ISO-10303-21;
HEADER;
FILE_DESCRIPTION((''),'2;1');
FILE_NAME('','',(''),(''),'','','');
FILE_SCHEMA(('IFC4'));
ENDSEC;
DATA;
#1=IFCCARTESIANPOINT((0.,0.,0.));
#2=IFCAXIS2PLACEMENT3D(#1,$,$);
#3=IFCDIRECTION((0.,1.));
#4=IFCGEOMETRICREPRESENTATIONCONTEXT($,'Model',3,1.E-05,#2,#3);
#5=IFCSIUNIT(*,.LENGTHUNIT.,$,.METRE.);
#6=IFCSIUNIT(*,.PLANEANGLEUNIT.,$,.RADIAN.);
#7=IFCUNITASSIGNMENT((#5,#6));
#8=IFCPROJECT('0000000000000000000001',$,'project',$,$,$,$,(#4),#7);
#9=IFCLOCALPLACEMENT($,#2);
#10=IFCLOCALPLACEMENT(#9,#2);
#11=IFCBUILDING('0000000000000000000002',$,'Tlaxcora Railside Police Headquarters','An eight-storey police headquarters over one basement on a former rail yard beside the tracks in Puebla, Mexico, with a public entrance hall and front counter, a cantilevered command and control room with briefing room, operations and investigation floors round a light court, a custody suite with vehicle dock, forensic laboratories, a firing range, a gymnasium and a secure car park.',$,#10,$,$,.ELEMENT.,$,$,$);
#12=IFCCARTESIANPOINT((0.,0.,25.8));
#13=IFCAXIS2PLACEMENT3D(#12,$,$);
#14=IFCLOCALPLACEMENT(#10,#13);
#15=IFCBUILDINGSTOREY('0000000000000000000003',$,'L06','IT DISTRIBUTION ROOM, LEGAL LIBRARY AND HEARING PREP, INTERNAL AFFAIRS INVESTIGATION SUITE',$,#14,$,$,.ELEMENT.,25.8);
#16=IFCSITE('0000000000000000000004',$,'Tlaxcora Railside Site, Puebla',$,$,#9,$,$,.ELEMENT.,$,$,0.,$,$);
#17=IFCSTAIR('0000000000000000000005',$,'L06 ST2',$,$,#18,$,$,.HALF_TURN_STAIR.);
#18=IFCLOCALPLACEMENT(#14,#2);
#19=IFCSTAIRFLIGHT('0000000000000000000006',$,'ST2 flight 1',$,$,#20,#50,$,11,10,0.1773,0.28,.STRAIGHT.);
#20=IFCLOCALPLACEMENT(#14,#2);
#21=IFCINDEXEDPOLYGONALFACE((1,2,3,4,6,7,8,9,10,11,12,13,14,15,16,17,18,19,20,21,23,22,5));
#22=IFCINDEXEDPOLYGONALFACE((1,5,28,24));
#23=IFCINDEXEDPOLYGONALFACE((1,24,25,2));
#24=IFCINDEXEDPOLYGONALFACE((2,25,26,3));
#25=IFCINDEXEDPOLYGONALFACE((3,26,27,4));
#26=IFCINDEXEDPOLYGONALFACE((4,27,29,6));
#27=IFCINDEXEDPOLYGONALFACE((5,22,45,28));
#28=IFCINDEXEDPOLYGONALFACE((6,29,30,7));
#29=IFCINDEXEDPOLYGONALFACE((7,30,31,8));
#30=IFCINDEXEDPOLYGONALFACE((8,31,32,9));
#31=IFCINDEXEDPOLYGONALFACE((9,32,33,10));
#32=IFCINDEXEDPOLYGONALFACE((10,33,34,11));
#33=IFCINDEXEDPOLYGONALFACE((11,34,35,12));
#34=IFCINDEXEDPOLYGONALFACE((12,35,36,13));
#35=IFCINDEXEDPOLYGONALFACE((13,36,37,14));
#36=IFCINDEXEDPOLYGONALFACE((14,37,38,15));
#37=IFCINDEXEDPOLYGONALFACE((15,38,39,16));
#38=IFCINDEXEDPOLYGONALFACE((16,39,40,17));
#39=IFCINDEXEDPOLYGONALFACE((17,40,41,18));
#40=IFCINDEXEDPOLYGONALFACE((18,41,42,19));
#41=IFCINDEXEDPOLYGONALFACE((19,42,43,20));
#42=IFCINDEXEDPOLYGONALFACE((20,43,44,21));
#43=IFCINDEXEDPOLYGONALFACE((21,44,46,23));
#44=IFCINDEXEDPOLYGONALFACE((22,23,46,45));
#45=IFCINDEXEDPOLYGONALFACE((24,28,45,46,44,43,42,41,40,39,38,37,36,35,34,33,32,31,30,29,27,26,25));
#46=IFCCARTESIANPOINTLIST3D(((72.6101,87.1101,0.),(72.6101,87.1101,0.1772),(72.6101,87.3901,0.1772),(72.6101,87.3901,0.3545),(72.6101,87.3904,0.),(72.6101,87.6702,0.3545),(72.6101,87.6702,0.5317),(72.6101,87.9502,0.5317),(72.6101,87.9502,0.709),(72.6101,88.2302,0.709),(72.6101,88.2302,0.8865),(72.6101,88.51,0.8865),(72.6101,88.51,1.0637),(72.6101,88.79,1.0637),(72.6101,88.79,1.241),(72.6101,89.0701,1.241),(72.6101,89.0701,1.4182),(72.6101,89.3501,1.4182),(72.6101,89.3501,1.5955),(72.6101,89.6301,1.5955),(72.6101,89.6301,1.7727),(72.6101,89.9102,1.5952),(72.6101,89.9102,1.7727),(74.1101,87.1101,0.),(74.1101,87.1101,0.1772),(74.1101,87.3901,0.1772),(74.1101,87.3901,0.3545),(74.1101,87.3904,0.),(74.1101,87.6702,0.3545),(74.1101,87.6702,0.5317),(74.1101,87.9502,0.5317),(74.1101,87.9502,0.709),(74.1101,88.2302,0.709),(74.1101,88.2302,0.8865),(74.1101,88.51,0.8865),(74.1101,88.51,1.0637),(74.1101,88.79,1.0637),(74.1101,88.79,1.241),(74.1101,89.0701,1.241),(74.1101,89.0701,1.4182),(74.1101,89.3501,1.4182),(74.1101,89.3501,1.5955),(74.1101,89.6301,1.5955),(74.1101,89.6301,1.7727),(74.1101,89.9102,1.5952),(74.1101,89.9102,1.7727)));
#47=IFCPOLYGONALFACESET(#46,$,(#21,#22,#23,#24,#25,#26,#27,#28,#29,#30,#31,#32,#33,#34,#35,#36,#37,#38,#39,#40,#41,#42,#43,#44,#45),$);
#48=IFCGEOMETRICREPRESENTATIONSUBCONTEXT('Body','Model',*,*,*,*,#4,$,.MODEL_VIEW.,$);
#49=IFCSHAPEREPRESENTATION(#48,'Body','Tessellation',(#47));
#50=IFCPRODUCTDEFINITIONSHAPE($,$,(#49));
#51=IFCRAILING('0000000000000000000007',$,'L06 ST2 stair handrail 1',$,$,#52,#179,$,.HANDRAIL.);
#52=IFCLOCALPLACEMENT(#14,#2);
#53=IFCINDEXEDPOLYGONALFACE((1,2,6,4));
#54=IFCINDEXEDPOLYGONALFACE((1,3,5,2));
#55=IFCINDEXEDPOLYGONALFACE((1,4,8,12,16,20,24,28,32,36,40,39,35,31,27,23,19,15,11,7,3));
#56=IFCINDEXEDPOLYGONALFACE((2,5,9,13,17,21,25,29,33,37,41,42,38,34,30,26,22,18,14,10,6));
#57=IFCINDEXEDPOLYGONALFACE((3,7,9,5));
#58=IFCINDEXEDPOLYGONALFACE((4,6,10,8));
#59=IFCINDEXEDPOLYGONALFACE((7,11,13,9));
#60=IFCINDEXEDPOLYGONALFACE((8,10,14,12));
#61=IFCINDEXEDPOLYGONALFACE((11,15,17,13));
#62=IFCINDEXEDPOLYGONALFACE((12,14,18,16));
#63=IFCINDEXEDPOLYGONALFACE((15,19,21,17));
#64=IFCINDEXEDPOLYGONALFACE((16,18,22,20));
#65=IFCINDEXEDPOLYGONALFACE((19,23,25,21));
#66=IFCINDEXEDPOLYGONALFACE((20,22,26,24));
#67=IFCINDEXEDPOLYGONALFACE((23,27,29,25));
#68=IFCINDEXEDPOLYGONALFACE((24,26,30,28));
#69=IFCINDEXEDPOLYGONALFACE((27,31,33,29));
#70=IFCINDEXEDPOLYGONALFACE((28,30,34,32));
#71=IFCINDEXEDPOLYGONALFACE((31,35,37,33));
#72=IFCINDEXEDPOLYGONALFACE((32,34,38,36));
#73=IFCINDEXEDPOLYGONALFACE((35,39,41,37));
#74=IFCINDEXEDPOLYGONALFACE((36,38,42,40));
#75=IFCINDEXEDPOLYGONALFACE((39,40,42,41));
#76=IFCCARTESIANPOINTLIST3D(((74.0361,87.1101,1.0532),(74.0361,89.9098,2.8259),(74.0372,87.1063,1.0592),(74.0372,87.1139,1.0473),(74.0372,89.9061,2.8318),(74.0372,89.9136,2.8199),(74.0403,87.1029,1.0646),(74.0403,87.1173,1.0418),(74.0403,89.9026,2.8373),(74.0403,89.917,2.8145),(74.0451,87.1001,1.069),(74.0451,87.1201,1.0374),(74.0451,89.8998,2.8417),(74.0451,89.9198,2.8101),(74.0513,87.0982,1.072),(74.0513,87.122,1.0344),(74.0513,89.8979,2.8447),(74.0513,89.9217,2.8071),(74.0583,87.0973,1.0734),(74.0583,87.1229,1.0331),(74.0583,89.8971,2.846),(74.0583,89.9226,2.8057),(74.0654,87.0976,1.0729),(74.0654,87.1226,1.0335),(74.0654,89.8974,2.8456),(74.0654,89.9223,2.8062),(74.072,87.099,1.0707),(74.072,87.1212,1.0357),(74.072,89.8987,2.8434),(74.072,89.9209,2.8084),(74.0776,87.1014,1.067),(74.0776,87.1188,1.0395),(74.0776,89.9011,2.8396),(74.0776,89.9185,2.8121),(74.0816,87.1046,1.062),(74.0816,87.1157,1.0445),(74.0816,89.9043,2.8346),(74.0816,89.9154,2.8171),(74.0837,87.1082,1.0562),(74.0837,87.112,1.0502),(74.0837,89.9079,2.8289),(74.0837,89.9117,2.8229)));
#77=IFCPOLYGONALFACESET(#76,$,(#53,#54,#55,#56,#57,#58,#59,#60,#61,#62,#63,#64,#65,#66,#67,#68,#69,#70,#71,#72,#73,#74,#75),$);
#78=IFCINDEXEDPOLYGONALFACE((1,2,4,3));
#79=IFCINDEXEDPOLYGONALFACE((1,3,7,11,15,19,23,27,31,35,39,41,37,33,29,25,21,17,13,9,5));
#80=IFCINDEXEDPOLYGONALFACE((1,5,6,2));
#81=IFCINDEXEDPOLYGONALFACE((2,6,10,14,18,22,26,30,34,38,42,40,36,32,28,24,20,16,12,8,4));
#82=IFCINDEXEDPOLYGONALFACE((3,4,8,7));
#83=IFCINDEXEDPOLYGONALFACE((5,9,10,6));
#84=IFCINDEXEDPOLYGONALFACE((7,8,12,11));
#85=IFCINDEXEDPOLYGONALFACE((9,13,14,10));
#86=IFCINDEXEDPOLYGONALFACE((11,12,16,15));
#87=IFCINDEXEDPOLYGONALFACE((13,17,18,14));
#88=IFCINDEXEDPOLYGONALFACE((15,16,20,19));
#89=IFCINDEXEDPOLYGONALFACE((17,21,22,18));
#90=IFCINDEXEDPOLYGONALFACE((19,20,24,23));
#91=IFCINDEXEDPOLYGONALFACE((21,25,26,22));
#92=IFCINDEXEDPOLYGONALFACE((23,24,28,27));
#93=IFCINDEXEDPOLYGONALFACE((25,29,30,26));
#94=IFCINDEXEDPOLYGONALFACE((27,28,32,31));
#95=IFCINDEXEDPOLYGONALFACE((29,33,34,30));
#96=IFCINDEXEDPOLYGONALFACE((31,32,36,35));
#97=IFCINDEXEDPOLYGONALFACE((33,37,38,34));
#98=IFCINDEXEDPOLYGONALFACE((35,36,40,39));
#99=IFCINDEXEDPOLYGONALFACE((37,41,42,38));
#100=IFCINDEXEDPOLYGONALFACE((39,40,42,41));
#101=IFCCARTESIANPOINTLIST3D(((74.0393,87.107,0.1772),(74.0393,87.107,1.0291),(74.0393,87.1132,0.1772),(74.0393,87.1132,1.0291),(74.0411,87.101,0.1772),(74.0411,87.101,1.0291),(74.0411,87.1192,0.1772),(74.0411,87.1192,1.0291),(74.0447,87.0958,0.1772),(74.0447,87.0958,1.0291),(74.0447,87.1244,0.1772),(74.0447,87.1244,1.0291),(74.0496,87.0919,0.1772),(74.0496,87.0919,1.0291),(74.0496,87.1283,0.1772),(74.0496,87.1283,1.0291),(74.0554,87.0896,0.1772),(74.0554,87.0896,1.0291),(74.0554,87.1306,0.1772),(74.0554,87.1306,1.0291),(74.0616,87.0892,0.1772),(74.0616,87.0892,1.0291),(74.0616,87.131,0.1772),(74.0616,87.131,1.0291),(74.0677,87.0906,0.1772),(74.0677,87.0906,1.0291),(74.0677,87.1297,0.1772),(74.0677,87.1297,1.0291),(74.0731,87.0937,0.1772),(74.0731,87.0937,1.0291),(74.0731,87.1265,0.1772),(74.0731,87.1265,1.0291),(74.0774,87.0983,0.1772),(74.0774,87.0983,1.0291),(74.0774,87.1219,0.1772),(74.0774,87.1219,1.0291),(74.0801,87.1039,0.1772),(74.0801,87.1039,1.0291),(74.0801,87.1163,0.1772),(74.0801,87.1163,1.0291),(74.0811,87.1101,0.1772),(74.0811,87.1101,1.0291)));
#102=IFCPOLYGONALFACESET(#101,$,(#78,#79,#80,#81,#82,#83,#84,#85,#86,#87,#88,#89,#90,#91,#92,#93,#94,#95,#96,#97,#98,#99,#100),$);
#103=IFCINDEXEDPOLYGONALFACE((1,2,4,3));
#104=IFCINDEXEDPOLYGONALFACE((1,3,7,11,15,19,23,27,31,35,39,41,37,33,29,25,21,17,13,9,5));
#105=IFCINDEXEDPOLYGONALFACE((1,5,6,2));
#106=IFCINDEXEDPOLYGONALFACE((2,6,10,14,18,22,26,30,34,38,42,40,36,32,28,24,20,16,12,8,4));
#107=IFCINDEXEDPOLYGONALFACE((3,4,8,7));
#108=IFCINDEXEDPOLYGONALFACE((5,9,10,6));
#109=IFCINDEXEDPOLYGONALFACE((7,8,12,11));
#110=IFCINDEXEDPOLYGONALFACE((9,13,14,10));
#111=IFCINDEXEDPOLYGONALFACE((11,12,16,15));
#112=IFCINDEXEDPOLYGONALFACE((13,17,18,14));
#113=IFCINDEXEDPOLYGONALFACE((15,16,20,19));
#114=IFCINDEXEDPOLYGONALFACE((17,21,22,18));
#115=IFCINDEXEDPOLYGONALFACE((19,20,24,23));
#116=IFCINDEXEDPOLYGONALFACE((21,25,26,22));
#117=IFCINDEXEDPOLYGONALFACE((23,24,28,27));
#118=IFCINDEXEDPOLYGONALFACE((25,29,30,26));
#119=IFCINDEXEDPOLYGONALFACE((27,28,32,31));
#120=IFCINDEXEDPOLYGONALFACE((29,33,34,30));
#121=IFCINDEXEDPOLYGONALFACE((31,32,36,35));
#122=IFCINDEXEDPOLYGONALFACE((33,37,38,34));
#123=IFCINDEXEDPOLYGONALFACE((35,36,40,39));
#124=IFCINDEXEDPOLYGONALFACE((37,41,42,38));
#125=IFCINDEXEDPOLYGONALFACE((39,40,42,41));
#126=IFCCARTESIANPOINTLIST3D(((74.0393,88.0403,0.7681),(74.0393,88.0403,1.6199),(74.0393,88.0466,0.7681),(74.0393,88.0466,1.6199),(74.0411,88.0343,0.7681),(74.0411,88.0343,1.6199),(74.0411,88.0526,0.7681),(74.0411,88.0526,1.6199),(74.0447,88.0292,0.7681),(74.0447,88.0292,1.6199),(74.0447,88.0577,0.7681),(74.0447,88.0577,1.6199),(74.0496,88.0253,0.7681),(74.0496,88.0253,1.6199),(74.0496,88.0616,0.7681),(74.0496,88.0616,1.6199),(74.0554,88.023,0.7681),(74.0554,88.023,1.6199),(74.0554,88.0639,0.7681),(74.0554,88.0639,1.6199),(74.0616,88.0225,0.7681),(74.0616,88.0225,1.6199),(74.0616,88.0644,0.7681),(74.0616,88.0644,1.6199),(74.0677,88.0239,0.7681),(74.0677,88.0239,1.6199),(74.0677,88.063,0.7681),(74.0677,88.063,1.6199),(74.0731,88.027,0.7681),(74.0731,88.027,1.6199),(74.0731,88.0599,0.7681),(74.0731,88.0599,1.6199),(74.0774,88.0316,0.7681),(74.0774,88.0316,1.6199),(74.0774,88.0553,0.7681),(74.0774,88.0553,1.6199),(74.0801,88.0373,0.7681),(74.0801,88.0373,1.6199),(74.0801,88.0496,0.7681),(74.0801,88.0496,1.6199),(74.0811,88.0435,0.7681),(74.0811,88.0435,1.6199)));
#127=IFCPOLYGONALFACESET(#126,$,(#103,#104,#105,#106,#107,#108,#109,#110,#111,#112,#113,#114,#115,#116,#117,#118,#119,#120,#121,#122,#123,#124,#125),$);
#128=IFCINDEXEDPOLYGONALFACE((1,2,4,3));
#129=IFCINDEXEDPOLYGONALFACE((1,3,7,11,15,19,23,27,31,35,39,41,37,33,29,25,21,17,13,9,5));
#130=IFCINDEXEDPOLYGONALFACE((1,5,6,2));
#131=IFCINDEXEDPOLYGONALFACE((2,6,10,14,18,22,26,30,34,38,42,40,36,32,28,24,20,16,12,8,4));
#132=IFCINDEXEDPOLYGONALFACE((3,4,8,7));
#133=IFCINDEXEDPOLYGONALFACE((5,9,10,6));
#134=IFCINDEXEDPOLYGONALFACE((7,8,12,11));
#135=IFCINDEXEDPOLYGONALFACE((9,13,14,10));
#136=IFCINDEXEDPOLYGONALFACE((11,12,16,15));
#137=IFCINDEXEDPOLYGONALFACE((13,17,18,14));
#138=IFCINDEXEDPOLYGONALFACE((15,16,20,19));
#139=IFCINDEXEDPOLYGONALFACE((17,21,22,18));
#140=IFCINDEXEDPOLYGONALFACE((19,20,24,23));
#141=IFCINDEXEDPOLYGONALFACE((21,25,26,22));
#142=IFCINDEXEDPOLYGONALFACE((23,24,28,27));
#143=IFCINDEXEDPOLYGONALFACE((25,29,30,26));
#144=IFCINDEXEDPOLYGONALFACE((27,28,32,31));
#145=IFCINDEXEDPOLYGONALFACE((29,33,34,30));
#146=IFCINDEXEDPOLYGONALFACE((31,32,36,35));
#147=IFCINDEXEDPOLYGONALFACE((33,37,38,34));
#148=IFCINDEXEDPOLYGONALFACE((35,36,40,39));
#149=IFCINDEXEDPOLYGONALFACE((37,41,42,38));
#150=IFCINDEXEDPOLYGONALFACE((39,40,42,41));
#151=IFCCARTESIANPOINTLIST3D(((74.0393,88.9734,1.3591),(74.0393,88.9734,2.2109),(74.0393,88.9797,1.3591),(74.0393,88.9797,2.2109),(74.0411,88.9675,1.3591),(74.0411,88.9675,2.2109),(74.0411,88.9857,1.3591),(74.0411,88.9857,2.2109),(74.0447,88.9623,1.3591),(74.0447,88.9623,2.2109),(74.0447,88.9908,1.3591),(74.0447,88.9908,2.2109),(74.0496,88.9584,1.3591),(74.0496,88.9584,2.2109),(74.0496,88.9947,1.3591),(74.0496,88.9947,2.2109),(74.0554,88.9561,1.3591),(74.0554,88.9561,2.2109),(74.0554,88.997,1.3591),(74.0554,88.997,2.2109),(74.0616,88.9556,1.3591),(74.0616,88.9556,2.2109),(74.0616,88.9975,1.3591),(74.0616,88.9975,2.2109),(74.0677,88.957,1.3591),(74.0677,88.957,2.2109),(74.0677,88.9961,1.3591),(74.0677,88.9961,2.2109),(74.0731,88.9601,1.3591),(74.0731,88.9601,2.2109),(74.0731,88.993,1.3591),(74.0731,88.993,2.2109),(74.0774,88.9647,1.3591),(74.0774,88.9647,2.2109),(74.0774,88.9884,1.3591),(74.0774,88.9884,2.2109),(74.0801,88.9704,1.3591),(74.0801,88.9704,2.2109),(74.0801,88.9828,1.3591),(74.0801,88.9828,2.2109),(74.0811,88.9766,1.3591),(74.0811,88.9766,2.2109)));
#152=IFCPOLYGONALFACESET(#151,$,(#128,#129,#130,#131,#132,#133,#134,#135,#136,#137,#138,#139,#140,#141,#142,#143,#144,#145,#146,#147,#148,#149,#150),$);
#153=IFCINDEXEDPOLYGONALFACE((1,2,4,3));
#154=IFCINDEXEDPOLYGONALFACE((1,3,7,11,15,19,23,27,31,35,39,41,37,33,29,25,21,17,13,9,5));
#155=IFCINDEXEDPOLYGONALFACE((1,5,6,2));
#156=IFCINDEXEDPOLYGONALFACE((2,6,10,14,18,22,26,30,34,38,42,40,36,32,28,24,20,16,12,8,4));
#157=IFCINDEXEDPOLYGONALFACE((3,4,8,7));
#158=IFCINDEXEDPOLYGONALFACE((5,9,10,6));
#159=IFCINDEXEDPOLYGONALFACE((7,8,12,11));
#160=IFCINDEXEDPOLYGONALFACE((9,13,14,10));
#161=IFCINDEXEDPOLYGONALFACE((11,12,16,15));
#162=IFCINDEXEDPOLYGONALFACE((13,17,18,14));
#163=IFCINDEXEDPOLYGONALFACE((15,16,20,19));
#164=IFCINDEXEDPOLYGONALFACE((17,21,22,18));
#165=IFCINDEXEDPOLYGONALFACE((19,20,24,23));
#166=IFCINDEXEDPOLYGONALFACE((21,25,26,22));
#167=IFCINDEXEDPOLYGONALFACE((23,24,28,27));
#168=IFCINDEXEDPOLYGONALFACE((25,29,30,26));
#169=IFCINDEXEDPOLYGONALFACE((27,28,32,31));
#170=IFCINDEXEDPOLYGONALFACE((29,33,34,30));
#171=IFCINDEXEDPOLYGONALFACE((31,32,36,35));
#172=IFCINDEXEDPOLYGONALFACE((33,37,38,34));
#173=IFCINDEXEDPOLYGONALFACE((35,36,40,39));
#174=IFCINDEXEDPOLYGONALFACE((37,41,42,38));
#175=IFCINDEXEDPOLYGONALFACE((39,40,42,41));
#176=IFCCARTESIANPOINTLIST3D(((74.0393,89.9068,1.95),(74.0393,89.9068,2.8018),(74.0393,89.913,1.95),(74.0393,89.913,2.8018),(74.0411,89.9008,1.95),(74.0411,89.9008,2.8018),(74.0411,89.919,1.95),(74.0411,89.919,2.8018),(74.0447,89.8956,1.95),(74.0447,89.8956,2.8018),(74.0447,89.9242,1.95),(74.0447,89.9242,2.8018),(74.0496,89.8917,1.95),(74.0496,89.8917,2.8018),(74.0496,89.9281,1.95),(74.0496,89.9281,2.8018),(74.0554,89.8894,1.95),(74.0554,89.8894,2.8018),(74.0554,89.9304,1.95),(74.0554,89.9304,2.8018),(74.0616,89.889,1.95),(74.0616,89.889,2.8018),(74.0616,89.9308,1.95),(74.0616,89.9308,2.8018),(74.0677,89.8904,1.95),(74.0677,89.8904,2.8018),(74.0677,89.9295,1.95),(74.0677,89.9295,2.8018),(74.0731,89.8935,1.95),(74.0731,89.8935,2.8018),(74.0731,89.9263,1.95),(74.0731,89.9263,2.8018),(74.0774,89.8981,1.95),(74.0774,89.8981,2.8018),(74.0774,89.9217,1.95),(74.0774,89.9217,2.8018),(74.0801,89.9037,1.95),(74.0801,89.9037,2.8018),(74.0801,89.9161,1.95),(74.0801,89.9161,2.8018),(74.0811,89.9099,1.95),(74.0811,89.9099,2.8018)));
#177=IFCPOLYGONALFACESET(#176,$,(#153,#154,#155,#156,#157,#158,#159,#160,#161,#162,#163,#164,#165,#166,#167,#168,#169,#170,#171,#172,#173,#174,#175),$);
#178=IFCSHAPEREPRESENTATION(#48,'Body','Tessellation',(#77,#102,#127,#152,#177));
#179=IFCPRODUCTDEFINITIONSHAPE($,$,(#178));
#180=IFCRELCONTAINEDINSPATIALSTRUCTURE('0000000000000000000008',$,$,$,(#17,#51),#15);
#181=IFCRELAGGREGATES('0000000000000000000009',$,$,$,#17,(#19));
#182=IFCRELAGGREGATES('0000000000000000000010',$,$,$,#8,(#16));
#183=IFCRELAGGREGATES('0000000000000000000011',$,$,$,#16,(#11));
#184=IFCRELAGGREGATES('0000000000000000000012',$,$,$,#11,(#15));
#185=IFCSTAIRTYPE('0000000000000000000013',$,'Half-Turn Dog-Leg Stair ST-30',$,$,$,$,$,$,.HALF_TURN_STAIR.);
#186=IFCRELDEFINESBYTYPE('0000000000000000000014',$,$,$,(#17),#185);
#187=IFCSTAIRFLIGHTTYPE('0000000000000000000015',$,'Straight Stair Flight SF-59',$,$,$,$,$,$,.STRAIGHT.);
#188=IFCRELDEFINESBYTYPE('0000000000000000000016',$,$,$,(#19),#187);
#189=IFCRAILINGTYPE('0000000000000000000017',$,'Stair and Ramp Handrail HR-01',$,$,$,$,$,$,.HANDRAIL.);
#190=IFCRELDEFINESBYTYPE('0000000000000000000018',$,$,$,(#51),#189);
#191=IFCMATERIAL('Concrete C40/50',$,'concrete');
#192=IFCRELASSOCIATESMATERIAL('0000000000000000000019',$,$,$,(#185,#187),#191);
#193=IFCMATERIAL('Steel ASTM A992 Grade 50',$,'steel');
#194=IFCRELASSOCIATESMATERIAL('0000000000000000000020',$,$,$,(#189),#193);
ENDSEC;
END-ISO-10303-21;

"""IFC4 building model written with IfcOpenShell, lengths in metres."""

from ifc_helpers import new_model, si_unit, direction, frame, origin, origin_2d, place, context, subcontext, project, spatial, polyline, circle, outline, extrude, material, type_object, element, aggregate, save


model = new_model("IFC4")

# Units and contexts
model_context = context("Model", 3, precision=1e-05, world=origin(), true_north=direction((0.0, 1.0)))
body_context = subcontext(model_context, "Body", "Model", "MODEL_VIEW")
ifc_project = project(units=[si_unit("LENGTHUNIT", "METRE"), si_unit("PLANEANGLEUNIT", "RADIAN")], contexts=[model_context])

# Site, building, storey
site_placement = place(None, origin())
site = spatial("IfcSite", under=ifc_project, at=site_placement, Name="Tlaxcora Railside Site, Puebla", CompositionType="ELEMENT", RefElevation=0.0)
building_placement = place(site_placement, origin())
building = spatial("IfcBuilding", under=site, at=building_placement, Name="Tlaxcora Railside Police Headquarters", Description="An eight-storey police headquarters over one basement on a former rail yard beside the tracks in Puebla, Mexico, with a public entrance hall and front counter, a cantilevered command and control room with briefing room, operations and investigation floors round a light court, a custody suite with vehicle dock, forensic laboratories, a firing range, a gymnasium and a secure car park.", CompositionType="ELEMENT")
storey_placement = place(building_placement, frame((0.0, 0.0, 25.8)))
storey = spatial("IfcBuildingStorey", under=building, at=storey_placement, Name="L06", Description="IT DISTRIBUTION ROOM, LEGAL LIBRARY AND HEARING PREP, INTERNAL AFFAIRS INVESTIGATION SUITE", CompositionType="ELEMENT", Elevation=25.8)

# Shared definitions
ifc_material_1 = material(Name="Concrete C40/50", Category="concrete")

# Shared definitions
ifc_material_2 = material(Name="Steel ASTM A992 Grade 50", Category="steel")

# Stair, stair flight
stair_type = type_object("IfcStairType", Name="Half-Turn Dog-Leg Stair ST-30", PredefinedType="HALF_TURN_STAIR", material=ifc_material_1)
stair_placement = place(storey_placement, origin())
stair = element("IfcStair", 1, at=stair_placement, inside=storey, type_object=stair_type, Name="L06 ST2", PredefinedType="HALF_TURN_STAIR")
stair_flight_type = type_object("IfcStairFlightType", Name="Straight Stair Flight SF-59", PredefinedType="STRAIGHT", material=ifc_material_1)
stair_flight_placement = place(storey_placement, frame((73.3601, 87.1101, 0.0), z_axis=(0.0, 0.0, 1.0), x_axis=(0.0, 1.0, 0.0)))
stair_flight = element("IfcStairFlight", 2, at=stair_flight_placement, type_object=stair_flight_type, Name="ST2 flight 1", NumberOfRisers=11, NumberOfTreads=10, PredefinedType="STRAIGHT", RiserHeight=0.1773, TreadLength=0.28, context=body_context, shape_type="SweptSolid", body=[
    extrude(outline(polyline([(0.0, 0.0), (0.0, 0.1772), (0.28, 0.1772), (0.28, 0.3545), (0.5601, 0.3545), (0.5601, 0.5317), (0.8401, 0.5317), (0.8401, 0.709), (1.1201, 0.709), (1.1201, 0.8865), (1.3999, 0.8865), (1.3999, 1.0637), (1.6799, 1.0637), (1.6799, 1.241), (1.96, 1.241), (1.96, 1.4182), (2.24, 1.4182), (2.24, 1.5955), (2.52, 1.5955), (2.52, 1.7727), (2.8, 1.7727), (2.8, 1.95), (2.8, 1.5952), (0.2803, 0.0), (0.0, 0.0)])), frame((0.0, 0.75, 0.0), z_axis=(0.0, -1.0, 0.0), x_axis=(1.0, 0.0, 0.0)), (0.0, 0.0, 1.0), 1.5),
])
aggregate(stair, [stair_flight])

# Railing
railing_type = type_object("IfcRailingType", Name="Stair and Ramp Handrail HR-01", PredefinedType="HANDRAIL", material=ifc_material_2)
railing_placement = place(storey_placement, frame((74.0601, 87.1101, 0.1772)))
element("IfcRailing", 3, at=railing_placement, inside=storey, type_object=railing_type, Name="L06 ST2 stair handrail 1", PredefinedType="HANDRAIL", context=body_context, shape_type="SweptSolid", body=[
    extrude(circle(Radius=0.0239, at=origin_2d()), frame((0.0, 0.0, 0.876), z_axis=(0.0, 0.844888, 0.534943), x_axis=(-1.0, 0.0, 0.0)), (0.0, 0.0, 1.0), 3.3137),
    extrude(circle(Radius=0.021, at=origin_2d()), origin(), (0.0, 0.0, 1.0), 0.8518),
    extrude(circle(Radius=0.021, at=origin_2d()), frame((0.0, 0.9333, 0.5908)), (0.0, 0.0, 1.0), 0.8518),
    extrude(circle(Radius=0.021, at=origin_2d()), frame((0.0, 1.8665, 1.1819)), (0.0, 0.0, 1.0), 0.8518),
    extrude(circle(Radius=0.021, at=origin_2d()), frame((0.0, 2.7998, 1.7727)), (0.0, 0.0, 1.0), 0.8518),
])

save(model, "model.ifc")
